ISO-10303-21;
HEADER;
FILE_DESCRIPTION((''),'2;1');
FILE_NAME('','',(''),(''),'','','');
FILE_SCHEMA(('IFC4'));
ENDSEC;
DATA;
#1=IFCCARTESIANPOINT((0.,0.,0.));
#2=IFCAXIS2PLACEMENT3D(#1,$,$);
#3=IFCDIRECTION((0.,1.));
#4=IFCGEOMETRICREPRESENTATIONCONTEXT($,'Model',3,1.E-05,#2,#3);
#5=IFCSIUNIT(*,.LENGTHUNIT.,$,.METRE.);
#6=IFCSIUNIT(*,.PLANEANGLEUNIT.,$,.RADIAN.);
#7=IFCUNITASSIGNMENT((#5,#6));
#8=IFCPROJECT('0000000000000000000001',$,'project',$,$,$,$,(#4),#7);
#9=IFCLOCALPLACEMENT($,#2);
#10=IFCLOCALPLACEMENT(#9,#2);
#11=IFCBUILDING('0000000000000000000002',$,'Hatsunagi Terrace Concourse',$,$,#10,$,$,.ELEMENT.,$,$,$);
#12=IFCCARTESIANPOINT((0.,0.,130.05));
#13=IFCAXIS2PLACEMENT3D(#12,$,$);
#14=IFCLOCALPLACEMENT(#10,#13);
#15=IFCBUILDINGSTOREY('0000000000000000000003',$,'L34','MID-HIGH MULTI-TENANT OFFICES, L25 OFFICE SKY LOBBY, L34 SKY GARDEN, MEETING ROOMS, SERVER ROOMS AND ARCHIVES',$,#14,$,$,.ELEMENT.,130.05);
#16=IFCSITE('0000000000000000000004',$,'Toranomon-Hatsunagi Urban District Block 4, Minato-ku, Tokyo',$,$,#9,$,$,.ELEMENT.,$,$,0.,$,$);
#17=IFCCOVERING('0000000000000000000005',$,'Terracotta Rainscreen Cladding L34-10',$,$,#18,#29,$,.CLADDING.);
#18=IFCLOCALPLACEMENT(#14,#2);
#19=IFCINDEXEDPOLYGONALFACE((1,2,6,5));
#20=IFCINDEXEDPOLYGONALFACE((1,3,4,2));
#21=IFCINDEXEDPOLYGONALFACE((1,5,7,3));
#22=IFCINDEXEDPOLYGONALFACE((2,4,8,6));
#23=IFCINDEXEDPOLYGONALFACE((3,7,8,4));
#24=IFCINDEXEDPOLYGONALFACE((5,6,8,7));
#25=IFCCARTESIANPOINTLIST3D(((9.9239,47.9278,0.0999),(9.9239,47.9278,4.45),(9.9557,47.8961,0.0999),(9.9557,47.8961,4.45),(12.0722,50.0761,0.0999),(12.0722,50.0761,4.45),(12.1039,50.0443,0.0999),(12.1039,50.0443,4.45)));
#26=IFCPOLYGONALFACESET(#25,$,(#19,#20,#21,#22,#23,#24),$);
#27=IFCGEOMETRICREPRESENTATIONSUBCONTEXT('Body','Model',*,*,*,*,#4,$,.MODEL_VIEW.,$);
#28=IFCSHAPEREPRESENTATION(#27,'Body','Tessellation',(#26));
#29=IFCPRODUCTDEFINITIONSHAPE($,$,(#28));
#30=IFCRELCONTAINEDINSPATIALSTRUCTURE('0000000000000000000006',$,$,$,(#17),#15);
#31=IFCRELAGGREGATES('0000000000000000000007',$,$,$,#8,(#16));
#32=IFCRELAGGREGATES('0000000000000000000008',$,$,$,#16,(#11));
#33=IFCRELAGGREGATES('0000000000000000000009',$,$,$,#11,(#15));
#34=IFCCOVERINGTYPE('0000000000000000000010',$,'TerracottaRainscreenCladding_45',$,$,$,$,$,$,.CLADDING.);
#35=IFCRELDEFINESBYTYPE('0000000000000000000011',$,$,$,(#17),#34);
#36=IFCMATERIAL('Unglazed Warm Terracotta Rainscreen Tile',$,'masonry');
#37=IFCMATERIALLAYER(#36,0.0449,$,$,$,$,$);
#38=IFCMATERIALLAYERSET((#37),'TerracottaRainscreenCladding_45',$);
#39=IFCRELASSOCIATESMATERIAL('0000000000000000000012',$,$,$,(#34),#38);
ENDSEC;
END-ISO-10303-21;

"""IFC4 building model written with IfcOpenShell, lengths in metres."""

from ifc_helpers import new_model, si_unit, direction, frame, origin, origin_2d, place, context, subcontext, project, spatial, rectangle, extrude, material, layer, layer_set, type_object, element, save


model = new_model("IFC4")

# Units and contexts
model_context = context("Model", 3, precision=1e-05, world=origin(), true_north=direction((0.0, 1.0)))
body_context = subcontext(model_context, "Body", "Model", "MODEL_VIEW")
ifc_project = project(units=[si_unit("LENGTHUNIT", "METRE"), si_unit("PLANEANGLEUNIT", "RADIAN")], contexts=[model_context])

# Site, building, storey
site_placement = place(None, origin())
site = spatial("IfcSite", under=ifc_project, at=site_placement, Name="Toranomon-Hatsunagi Urban District Block 4, Minato-ku, Tokyo", CompositionType="ELEMENT", RefElevation=0.0)
building_placement = place(site_placement, origin())
building = spatial("IfcBuilding", under=site, at=building_placement, Name="Hatsunagi Terrace Concourse", CompositionType="ELEMENT")
storey_placement = place(building_placement, frame((0.0, 0.0, 130.05)))
storey = spatial("IfcBuildingStorey", under=building, at=storey_placement, Name="L34", Description="MID-HIGH MULTI-TENANT OFFICES, L25 OFFICE SKY LOBBY, L34 SKY GARDEN, MEETING ROOMS, SERVER ROOMS AND ARCHIVES", CompositionType="ELEMENT", Elevation=130.05)

# Covering
ifc_material_1 = material(Name="Unglazed Warm Terracotta Rainscreen Tile", Category="masonry")
ifc_layer_1 = layer(ifc_material_1, 0.0449)
ifc_layer_set_1 = layer_set([ifc_layer_1], Name="TerracottaRainscreenCladding_45")
covering_type = type_object("IfcCoveringType", Name="TerracottaRainscreenCladding_45", PredefinedType="CLADDING", material=ifc_layer_set_1)
covering_placement = place(storey_placement, frame((11.0139, 48.9861, 0.0999), z_axis=(0.0, 0.0, 1.0), x_axis=(0.707107, 0.707107, 0.0)))
element("IfcCovering", 1, at=covering_placement, inside=storey, type_object=covering_type, Name="Terracotta Rainscreen Cladding L34-10", PredefinedType="CLADDING", context=body_context, shape_type="SweptSolid", body=[
    extrude(rectangle(XDim=3.0381, YDim=0.0449, at=origin_2d()), origin(), (0.0, 0.0, 1.0), 4.3501),
])

save(model, "model.ifc")
